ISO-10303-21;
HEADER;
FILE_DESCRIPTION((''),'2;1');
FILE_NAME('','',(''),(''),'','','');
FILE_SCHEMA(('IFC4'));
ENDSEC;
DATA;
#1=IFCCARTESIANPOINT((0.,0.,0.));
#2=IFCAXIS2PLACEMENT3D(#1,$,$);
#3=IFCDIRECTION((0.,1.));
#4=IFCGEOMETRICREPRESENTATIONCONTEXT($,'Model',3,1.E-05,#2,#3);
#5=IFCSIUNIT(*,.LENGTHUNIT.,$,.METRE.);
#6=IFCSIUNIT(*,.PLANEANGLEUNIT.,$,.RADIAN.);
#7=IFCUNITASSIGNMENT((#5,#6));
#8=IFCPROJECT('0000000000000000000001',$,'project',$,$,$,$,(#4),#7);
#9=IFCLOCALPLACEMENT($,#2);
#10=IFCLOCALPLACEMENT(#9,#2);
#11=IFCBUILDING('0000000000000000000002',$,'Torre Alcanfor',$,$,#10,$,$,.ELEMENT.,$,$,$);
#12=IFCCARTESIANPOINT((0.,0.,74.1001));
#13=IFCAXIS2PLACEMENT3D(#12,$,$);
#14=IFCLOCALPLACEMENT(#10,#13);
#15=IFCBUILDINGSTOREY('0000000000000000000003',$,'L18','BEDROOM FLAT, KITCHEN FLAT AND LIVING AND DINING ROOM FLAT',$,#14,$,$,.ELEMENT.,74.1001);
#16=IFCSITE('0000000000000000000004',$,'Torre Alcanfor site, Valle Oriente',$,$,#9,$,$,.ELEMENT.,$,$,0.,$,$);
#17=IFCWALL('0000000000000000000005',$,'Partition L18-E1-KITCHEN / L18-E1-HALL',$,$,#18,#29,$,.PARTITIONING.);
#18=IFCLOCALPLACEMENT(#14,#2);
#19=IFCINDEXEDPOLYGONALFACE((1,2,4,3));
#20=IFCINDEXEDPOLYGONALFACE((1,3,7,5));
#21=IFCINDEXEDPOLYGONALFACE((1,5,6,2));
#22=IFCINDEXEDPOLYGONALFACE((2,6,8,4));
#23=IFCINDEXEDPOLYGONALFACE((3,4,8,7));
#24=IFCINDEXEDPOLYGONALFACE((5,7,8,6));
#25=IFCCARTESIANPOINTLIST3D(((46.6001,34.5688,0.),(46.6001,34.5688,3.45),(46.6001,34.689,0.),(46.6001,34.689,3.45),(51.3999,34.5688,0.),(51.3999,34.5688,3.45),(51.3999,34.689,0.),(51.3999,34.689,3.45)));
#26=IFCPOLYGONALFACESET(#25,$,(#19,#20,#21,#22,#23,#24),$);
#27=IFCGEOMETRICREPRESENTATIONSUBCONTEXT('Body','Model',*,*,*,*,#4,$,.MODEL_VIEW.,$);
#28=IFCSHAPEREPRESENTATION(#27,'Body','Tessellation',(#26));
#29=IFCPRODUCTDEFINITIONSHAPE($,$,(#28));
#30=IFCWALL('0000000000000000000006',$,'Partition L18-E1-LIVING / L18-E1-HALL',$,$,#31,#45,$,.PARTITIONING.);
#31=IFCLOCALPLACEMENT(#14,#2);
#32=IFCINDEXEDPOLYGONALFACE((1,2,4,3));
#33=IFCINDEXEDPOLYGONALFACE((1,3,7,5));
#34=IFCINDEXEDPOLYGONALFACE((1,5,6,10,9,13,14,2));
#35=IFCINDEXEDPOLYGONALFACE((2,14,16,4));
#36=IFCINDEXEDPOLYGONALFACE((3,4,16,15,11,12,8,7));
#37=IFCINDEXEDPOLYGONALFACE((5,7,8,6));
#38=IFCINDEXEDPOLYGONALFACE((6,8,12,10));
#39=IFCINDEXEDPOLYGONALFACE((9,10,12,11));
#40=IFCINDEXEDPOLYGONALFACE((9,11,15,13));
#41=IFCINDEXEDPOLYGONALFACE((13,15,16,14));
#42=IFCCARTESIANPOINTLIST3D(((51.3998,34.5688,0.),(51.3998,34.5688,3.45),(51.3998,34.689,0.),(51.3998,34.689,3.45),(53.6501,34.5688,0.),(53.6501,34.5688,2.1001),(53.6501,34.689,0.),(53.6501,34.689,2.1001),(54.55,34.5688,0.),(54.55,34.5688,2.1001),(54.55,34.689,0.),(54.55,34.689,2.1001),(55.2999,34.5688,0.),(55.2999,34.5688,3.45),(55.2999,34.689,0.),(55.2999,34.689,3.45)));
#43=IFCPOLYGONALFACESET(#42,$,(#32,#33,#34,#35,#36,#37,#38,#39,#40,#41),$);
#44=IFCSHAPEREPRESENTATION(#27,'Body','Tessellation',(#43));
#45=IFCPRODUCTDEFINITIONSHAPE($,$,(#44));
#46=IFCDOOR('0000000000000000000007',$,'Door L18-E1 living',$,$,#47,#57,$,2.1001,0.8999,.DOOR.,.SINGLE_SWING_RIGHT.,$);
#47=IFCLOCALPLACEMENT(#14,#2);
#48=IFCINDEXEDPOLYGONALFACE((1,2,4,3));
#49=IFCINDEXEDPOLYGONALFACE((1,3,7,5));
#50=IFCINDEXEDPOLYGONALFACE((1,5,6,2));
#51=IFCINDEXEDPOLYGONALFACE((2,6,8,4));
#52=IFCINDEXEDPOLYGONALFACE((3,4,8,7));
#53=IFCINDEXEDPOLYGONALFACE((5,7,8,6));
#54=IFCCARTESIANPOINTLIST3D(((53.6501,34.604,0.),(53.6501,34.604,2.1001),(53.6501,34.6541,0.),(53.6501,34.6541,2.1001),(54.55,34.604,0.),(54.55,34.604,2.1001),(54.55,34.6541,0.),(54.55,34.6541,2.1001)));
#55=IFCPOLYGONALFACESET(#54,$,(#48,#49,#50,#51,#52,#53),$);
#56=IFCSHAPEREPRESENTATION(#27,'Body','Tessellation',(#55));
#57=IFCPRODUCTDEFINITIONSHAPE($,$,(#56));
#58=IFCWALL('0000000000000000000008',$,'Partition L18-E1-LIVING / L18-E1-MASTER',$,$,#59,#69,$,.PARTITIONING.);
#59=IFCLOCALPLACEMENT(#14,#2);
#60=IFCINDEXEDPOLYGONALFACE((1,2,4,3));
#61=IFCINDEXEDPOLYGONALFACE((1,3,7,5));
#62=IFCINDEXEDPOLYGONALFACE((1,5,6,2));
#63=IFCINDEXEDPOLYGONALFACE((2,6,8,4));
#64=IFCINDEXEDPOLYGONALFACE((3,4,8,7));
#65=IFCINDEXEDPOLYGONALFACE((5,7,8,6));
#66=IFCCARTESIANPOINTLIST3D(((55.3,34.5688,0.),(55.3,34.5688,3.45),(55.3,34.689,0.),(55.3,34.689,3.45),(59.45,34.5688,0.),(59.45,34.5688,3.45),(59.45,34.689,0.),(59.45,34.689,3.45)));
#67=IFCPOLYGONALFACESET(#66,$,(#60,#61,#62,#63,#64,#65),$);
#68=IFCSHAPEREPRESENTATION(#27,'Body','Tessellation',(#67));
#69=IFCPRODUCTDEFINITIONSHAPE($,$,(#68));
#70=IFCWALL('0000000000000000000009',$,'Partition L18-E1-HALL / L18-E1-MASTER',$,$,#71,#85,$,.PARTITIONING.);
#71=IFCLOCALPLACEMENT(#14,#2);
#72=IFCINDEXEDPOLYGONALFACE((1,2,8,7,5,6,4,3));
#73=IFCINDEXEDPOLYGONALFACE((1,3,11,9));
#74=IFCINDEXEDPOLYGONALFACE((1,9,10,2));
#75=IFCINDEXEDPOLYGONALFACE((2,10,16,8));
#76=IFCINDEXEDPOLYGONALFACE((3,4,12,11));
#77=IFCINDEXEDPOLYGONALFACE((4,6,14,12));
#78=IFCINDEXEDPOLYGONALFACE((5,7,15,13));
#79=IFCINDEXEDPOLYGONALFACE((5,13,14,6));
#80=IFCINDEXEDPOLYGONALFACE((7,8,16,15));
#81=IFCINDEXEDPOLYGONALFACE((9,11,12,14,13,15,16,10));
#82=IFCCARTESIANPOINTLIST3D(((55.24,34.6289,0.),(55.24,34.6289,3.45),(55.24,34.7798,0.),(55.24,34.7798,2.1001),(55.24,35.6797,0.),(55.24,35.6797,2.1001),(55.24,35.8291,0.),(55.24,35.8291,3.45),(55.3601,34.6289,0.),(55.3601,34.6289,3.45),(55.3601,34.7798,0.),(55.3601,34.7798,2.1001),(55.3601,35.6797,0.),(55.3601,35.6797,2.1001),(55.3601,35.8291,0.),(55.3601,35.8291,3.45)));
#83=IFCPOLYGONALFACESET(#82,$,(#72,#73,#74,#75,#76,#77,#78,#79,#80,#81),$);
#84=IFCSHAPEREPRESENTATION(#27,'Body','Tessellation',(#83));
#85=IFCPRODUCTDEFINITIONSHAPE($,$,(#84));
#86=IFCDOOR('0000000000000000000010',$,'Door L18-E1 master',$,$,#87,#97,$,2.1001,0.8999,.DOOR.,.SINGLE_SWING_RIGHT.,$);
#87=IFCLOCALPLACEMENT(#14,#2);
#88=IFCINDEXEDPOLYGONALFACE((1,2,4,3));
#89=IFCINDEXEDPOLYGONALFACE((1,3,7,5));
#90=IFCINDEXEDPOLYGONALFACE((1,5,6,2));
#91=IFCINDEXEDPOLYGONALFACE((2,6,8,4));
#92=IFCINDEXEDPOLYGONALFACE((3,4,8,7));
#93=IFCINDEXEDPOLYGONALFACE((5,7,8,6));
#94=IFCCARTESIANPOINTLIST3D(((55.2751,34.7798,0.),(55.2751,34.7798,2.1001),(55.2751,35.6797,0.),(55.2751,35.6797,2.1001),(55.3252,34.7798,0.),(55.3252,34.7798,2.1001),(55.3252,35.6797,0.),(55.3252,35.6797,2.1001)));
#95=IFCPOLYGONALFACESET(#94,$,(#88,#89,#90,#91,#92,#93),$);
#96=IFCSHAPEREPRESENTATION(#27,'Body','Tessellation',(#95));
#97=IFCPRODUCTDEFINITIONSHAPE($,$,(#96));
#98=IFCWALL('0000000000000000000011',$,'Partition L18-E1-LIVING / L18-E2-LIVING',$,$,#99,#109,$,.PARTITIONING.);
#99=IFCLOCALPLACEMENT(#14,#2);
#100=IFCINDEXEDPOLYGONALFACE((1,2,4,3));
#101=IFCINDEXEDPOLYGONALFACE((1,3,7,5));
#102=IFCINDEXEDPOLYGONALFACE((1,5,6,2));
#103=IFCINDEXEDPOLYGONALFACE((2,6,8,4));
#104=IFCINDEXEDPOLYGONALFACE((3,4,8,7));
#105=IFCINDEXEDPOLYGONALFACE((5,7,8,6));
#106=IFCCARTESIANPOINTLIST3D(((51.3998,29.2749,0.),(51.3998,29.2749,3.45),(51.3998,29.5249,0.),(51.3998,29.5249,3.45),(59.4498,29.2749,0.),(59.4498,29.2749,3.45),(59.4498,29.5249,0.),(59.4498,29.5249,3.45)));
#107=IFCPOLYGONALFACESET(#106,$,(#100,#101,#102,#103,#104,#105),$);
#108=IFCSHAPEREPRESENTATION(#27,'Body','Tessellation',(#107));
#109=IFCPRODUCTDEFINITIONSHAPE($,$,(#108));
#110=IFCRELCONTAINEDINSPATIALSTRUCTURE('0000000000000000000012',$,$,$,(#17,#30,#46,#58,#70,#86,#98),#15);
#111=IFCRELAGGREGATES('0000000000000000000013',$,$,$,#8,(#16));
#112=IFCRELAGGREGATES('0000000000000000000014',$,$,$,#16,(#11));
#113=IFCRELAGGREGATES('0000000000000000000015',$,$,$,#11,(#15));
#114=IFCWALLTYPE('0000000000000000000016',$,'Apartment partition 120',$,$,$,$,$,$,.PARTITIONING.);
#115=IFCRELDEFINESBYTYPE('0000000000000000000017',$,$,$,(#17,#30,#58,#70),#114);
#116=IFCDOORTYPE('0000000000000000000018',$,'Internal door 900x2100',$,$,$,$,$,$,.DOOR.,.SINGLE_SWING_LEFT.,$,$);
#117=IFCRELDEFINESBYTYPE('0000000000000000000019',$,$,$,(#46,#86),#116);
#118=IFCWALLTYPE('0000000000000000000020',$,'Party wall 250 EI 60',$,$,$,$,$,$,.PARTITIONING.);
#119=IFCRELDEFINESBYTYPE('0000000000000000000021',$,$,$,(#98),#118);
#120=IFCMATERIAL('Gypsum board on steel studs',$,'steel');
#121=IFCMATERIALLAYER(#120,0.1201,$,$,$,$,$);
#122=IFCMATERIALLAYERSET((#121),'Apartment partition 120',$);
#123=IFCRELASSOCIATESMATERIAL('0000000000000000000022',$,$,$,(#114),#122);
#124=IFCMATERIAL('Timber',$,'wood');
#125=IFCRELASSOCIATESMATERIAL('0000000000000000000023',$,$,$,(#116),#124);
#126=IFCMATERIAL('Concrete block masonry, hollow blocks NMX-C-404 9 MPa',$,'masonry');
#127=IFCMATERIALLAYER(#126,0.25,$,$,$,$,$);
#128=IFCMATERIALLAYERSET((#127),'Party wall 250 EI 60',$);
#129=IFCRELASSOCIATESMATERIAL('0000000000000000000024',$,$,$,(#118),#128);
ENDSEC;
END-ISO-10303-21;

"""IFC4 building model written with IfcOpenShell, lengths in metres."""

from ifc_helpers import new_model, si_unit, direction, frame, frame_2d, origin, place, context, subcontext, project, spatial, rectangle, extrude, material, layer, layer_set, type_object, element, fill, save


model = new_model("IFC4")

# Units and contexts
model_context = context("Model", 3, precision=1e-05, world=origin(), true_north=direction((0.0, 1.0)))
body_context = subcontext(model_context, "Body", "Model", "MODEL_VIEW")
ifc_project = project(units=[si_unit("LENGTHUNIT", "METRE"), si_unit("PLANEANGLEUNIT", "RADIAN")], contexts=[model_context])

# Site, building, storey
site_placement = place(None, origin())
site = spatial("IfcSite", under=ifc_project, at=site_placement, Name="Torre Alcanfor site, Valle Oriente", CompositionType="ELEMENT", RefElevation=0.0)
building_placement = place(site_placement, origin())
building = spatial("IfcBuilding", under=site, at=building_placement, Name="Torre Alcanfor", CompositionType="ELEMENT")
storey_placement = place(building_placement, frame((0.0, 0.0, 74.1001)))
storey = spatial("IfcBuildingStorey", under=building, at=storey_placement, Name="L18", Description="BEDROOM FLAT, KITCHEN FLAT AND LIVING AND DINING ROOM FLAT", CompositionType="ELEMENT", Elevation=74.1001)

# Wall
ifc_material_1 = material(Name="Gypsum board on steel studs", Category="steel")
ifc_layer_1 = layer(ifc_material_1, 0.1201)
ifc_layer_set_1 = layer_set([ifc_layer_1], Name="Apartment partition 120")
wall_type_1 = type_object("IfcWallType", Name="Apartment partition 120", PredefinedType="PARTITIONING", material=ifc_layer_set_1)
wall_1_placement = place(storey_placement, frame((51.3999, 34.6289, 0.0), z_axis=(0.0, 0.0, 1.0), x_axis=(-1.0, 0.0, 0.0)))
element("IfcWall", 1, at=wall_1_placement, inside=storey, type_object=wall_type_1, Name="Partition L18-E1-KITCHEN / L18-E1-HALL", PredefinedType="PARTITIONING", context=body_context, shape_type="SweptSolid", body=[
    extrude(rectangle(XDim=4.7998, YDim=0.1201, at=frame_2d((2.3999, 0.0))), origin(), (0.0, 0.0, 1.0), 3.45),
])

# Wall, opening, door
wall_2_placement = place(storey_placement, frame((55.3, 34.6289, 0.0), z_axis=(0.0, 0.0, 1.0), x_axis=(-1.0, 0.0, 0.0)))
wall_2 = element("IfcWall", 2, at=wall_2_placement, inside=storey, type_object=wall_type_1, Name="Partition L18-E1-LIVING / L18-E1-HALL", PredefinedType="PARTITIONING", context=body_context, shape_type="SweptSolid", body=[
    extrude(rectangle(XDim=3.9001, YDim=0.1201, at=frame_2d((1.9502, 0.0))), origin(), (0.0, 0.0, 1.0), 3.45),
])
opening_1_placement = place(wall_2_placement, frame((0.75, 0.0, 0.0)))
opening_1 = element("IfcOpeningElement", 3, at=opening_1_placement, cuts=wall_2, PredefinedType="OPENING", context=body_context, shape_type="SweptSolid", body=[
    extrude(rectangle(XDim=0.8999, YDim=2.1001, at=frame_2d((0.45, 1.05))), frame((0.0, 0.0701, 0.0), z_axis=(0.0, -1.0, 0.0), x_axis=(1.0, 0.0, 0.0)), (0.0, 0.0, 1.0), 0.1401),
])
ifc_material_2 = material(Name="Timber", Category="wood")
door_type = type_object("IfcDoorType", Name="Internal door 900x2100", OperationType="SINGLE_SWING_LEFT", PredefinedType="DOOR", material=ifc_material_2)
door_1_placement = place(opening_1_placement, origin())
door_1 = element("IfcDoor", 4, at=door_1_placement, inside=storey, type_object=door_type, Name="Door L18-E1 living", OperationType="SINGLE_SWING_RIGHT", OverallHeight=2.1001, OverallWidth=0.8999, PredefinedType="DOOR", context=body_context, shape_type="SweptSolid", body=[
    extrude(rectangle(XDim=0.8999, YDim=2.1001, at=frame_2d((0.45, 1.05))), frame((0.0, 0.0249, 0.0), z_axis=(0.0, -1.0, 0.0), x_axis=(1.0, 0.0, 0.0)), (0.0, 0.0, 1.0), 0.05),
])
fill(opening_1, door_1)

# Wall
wall_3_placement = place(storey_placement, frame((59.45, 34.6289, 0.0), z_axis=(0.0, 0.0, 1.0), x_axis=(-1.0, 0.0, 0.0)))
element("IfcWall", 5, at=wall_3_placement, inside=storey, type_object=wall_type_1, Name="Partition L18-E1-LIVING / L18-E1-MASTER", PredefinedType="PARTITIONING", context=body_context, shape_type="SweptSolid", body=[
    extrude(rectangle(XDim=4.1499, YDim=0.1201, at=frame_2d((2.075, 0.0))), origin(), (0.0, 0.0, 1.0), 3.45),
])

# Wall, opening, door
wall_4_placement = place(storey_placement, frame((55.3, 34.6289, 0.0), z_axis=(0.0, 0.0, 1.0), x_axis=(0.0, 1.0, 0.0)))
wall_4 = element("IfcWall", 6, at=wall_4_placement, inside=storey, type_object=wall_type_1, Name="Partition L18-E1-HALL / L18-E1-MASTER", PredefinedType="PARTITIONING", context=body_context, shape_type="SweptSolid", body=[
    extrude(rectangle(XDim=1.2002, YDim=0.1201, at=frame_2d((0.6001, 0.0))), origin(), (0.0, 0.0, 1.0), 3.45),
])
opening_2_placement = place(wall_4_placement, frame((0.1509, 0.0, 0.0)))
opening_2 = element("IfcOpeningElement", 7, at=opening_2_placement, cuts=wall_4, PredefinedType="OPENING", context=body_context, shape_type="SweptSolid", body=[
    extrude(rectangle(XDim=0.8999, YDim=2.1001, at=frame_2d((0.45, 1.05))), frame((0.0, 0.0701, 0.0), z_axis=(0.0, -1.0, 0.0), x_axis=(1.0, 0.0, 0.0)), (0.0, 0.0, 1.0), 0.1401),
])
door_2_placement = place(opening_2_placement, frame((0.8999, 0.0, 0.0), z_axis=(0.0, 0.0, 1.0), x_axis=(-1.0, 0.0, 0.0)))
door_2 = element("IfcDoor", 8, at=door_2_placement, inside=storey, type_object=door_type, Name="Door L18-E1 master", OperationType="SINGLE_SWING_RIGHT", OverallHeight=2.1001, OverallWidth=0.8999, PredefinedType="DOOR", context=body_context, shape_type="SweptSolid", body=[
    extrude(rectangle(XDim=0.8999, YDim=2.1001, at=frame_2d((0.45, 1.05))), frame((0.0, 0.0251, 0.0), z_axis=(0.0, -1.0, 0.0), x_axis=(1.0, 0.0, 0.0)), (0.0, 0.0, 1.0), 0.05),
])
fill(opening_2, door_2)

# Wall
ifc_material_3 = material(Name="Concrete block masonry, hollow blocks NMX-C-404 9 MPa", Category="masonry")
ifc_layer_2 = layer(ifc_material_3, 0.25)
ifc_layer_set_2 = layer_set([ifc_layer_2], Name="Party wall 250 EI 60")
wall_type_2 = type_object("IfcWallType", Name="Party wall 250 EI 60", PredefinedType="PARTITIONING", material=ifc_layer_set_2)
wall_5_placement = place(storey_placement, frame((51.3999, 29.3999, 0.0), z_axis=(0.0, 0.0, 1.0), x_axis=(1.0, 0.0, 0.0)))
element("IfcWall", 9, at=wall_5_placement, inside=storey, type_object=wall_type_2, Name="Partition L18-E1-LIVING / L18-E2-LIVING", PredefinedType="PARTITIONING", context=body_context, shape_type="SweptSolid", body=[
    extrude(rectangle(XDim=8.05, YDim=0.25, at=frame_2d((4.0249, 0.0))), origin(), (0.0, 0.0, 1.0), 3.45),
])

save(model, "model.ifc")
